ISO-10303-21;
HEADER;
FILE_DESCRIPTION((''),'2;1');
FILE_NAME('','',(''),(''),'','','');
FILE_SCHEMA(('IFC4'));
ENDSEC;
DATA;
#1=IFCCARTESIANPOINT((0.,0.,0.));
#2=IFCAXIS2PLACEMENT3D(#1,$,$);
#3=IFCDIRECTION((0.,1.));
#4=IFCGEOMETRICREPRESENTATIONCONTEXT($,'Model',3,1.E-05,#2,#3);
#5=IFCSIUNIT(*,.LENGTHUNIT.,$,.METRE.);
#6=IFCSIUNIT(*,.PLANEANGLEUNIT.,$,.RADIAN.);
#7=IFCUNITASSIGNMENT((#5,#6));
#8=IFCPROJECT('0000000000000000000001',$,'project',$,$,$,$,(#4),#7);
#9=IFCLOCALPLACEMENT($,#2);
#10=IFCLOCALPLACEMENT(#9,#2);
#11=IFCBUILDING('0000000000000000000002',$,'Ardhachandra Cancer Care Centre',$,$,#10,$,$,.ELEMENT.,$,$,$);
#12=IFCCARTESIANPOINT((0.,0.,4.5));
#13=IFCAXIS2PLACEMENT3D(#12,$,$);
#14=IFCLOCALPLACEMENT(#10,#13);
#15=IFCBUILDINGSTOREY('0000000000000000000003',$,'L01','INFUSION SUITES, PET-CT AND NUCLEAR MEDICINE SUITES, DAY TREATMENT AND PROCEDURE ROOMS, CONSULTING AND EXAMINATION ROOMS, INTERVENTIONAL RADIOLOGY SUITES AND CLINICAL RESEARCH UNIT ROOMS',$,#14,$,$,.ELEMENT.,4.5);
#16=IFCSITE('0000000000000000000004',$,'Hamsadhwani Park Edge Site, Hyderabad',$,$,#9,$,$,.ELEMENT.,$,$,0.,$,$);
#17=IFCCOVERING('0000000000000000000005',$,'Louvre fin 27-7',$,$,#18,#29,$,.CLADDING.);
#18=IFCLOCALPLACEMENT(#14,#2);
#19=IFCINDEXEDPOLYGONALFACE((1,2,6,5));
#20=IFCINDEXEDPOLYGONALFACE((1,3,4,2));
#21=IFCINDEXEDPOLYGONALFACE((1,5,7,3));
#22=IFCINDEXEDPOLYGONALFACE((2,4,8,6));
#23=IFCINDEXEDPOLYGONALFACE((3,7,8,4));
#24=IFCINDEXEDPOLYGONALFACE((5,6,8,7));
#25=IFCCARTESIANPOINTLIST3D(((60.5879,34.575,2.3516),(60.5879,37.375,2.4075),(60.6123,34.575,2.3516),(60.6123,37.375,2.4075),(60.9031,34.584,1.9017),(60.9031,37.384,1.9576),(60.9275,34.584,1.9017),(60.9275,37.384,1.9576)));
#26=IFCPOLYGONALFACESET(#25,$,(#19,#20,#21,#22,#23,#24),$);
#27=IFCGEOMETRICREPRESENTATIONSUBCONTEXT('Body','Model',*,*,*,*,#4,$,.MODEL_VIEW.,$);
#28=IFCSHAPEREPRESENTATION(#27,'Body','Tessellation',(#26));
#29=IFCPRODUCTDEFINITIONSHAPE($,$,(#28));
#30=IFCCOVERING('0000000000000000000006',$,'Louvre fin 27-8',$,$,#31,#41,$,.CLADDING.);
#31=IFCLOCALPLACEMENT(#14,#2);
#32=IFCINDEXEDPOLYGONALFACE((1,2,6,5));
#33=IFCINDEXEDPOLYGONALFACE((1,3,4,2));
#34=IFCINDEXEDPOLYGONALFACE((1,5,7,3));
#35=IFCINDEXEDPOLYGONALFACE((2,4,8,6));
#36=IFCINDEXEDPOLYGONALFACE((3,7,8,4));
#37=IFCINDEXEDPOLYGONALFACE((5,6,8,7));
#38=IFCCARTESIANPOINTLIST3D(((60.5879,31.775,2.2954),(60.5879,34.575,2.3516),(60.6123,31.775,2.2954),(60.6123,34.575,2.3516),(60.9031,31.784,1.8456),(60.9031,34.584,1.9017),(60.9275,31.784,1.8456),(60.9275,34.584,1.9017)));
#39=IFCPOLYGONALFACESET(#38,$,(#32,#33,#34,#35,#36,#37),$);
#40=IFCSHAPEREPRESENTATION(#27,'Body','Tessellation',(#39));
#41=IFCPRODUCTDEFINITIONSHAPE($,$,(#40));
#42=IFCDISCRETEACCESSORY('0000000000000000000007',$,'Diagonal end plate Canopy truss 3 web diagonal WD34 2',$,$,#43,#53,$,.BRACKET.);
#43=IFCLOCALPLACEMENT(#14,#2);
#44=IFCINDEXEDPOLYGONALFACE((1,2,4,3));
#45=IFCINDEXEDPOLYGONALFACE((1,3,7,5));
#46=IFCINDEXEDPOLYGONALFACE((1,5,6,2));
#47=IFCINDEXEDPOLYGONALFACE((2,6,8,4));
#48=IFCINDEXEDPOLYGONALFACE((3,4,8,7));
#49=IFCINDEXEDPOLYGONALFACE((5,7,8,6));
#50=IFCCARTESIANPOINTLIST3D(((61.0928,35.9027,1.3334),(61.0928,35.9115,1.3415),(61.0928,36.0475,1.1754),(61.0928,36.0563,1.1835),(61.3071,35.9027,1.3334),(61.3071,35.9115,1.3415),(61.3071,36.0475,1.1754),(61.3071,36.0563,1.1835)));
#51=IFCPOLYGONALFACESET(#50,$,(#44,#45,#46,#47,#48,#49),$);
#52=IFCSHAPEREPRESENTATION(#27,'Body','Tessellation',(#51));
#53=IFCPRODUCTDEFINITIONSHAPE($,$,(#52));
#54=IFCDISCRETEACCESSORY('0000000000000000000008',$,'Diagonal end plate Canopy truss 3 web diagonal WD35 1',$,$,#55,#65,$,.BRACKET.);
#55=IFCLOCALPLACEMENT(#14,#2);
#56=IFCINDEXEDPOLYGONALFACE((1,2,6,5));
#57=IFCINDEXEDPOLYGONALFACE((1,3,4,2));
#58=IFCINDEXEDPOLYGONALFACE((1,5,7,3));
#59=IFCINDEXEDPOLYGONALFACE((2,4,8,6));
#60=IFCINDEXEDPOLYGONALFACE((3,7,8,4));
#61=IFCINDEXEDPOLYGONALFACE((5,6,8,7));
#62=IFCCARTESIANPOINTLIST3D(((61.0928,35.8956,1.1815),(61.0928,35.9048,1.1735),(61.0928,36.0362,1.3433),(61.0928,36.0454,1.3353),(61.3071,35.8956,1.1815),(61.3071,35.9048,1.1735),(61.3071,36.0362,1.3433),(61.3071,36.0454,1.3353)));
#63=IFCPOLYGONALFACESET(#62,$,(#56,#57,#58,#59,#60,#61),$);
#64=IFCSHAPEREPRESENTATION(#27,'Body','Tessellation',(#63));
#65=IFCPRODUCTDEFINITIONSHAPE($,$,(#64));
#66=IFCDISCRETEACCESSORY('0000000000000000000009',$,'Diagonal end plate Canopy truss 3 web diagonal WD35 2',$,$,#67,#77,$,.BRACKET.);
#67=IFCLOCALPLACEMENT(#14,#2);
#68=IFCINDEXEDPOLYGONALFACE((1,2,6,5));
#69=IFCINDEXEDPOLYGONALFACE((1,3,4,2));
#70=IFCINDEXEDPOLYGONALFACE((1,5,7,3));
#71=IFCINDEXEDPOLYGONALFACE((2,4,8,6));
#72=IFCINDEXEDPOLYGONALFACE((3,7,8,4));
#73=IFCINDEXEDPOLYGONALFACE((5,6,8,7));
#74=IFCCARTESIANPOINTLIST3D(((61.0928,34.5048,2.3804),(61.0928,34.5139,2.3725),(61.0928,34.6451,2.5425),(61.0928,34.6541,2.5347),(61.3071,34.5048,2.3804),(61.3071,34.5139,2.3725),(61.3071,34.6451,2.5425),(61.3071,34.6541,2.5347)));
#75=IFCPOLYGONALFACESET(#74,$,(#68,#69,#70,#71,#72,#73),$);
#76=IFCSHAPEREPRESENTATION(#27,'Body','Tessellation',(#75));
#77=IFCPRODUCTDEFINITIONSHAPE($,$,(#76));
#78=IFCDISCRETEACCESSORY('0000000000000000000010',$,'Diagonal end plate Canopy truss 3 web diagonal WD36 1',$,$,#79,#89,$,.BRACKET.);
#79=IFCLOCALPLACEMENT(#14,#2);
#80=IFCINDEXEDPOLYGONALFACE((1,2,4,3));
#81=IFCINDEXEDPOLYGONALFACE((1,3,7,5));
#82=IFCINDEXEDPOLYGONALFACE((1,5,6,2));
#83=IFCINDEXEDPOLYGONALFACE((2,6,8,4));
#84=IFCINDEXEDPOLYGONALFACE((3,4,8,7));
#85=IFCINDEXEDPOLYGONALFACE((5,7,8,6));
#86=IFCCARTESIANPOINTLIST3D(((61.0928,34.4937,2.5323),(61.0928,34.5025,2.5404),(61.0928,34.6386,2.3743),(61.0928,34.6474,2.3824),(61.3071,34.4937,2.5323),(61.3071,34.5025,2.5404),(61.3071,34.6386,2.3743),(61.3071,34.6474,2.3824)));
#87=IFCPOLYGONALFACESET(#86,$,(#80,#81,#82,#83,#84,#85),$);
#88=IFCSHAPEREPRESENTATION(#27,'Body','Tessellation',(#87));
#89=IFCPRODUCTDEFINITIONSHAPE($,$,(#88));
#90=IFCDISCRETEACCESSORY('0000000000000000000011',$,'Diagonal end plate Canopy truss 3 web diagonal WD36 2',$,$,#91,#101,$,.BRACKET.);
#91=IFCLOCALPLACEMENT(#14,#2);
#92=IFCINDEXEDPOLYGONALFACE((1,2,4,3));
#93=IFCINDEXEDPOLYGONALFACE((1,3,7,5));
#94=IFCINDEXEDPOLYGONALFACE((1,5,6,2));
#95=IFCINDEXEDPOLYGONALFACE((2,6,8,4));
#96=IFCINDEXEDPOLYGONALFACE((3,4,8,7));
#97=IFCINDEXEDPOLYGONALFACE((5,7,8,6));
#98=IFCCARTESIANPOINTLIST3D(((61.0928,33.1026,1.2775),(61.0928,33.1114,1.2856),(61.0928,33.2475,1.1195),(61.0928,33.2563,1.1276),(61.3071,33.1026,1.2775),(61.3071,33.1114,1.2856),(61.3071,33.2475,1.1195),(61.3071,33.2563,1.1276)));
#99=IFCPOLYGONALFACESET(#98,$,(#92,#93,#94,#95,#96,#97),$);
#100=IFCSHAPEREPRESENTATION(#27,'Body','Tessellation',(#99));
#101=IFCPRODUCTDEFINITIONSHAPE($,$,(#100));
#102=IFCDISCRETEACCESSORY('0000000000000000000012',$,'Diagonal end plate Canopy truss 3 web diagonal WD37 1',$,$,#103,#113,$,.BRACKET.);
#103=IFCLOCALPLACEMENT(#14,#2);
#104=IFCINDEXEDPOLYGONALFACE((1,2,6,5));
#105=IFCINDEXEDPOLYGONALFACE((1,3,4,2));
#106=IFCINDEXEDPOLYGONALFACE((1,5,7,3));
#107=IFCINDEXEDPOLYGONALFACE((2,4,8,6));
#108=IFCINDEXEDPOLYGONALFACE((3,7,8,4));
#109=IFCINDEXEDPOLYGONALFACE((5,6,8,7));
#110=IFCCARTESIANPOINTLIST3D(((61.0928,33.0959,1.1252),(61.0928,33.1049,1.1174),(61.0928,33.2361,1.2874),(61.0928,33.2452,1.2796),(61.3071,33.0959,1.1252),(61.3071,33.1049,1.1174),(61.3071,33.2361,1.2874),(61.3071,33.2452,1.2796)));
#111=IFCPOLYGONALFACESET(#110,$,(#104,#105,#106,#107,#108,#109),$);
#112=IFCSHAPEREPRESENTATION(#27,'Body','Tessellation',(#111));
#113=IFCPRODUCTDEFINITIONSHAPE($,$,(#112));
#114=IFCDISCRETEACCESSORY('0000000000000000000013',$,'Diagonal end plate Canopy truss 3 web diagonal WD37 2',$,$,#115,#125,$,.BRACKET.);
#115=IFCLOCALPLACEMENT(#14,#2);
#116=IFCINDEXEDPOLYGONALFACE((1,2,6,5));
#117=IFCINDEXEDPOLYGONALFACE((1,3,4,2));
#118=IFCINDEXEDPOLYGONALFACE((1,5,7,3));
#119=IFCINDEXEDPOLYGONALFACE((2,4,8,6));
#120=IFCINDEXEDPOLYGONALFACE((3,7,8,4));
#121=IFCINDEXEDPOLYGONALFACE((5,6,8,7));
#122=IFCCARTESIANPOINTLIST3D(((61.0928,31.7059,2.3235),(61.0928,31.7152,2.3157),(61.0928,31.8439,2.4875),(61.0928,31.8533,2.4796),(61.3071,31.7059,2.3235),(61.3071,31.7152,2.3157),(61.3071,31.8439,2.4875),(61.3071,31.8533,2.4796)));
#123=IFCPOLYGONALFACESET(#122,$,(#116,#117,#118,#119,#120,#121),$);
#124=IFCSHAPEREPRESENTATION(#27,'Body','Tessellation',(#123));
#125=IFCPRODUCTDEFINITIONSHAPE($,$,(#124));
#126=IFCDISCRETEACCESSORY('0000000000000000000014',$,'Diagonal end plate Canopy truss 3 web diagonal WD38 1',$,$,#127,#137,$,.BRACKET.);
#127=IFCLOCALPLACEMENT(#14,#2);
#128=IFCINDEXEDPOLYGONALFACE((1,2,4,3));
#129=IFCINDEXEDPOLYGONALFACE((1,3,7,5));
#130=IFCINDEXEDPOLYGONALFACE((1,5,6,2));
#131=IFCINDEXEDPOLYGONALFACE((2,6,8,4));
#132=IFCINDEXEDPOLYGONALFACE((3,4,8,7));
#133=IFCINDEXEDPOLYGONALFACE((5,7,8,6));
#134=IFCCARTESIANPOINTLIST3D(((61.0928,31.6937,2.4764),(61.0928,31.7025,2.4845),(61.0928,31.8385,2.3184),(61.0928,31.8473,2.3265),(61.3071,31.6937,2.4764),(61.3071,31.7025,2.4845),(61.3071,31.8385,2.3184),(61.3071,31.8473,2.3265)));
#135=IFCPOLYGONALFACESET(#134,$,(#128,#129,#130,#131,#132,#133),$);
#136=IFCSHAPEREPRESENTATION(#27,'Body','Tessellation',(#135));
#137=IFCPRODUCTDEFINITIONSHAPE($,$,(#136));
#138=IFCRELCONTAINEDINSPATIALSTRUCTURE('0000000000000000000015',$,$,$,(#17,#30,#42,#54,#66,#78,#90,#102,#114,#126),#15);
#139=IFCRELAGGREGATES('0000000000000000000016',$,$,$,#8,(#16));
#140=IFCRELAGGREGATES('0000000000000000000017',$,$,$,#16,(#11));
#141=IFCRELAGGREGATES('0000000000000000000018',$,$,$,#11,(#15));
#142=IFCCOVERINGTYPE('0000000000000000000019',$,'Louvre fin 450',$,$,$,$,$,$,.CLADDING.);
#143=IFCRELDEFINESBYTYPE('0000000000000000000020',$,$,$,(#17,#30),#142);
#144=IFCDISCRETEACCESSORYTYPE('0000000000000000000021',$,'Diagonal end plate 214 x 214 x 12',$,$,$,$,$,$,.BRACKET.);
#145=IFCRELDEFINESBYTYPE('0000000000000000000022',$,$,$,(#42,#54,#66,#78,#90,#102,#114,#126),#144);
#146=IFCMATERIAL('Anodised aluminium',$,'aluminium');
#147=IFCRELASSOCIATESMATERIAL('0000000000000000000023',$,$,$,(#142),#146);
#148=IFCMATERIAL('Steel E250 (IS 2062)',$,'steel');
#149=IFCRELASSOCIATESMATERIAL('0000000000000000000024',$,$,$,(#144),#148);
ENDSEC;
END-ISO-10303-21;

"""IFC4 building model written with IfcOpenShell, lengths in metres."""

from ifc_helpers import new_model, si_unit, direction, frame, origin, origin_2d, place, context, subcontext, project, spatial, polyline, rectangle, outline, extrude, material, material_profile, profile_set, type_object, element, save


model = new_model("IFC4")

# Units and contexts
model_context = context("Model", 3, precision=1e-05, world=origin(), true_north=direction((0.0, 1.0)))
body_context = subcontext(model_context, "Body", "Model", "MODEL_VIEW")
ifc_project = project(units=[si_unit("LENGTHUNIT", "METRE"), si_unit("PLANEANGLEUNIT", "RADIAN")], contexts=[model_context])

# Site, building, storey
site_placement = place(None, origin())
site = spatial("IfcSite", under=ifc_project, at=site_placement, Name="Hamsadhwani Park Edge Site, Hyderabad", CompositionType="ELEMENT", RefElevation=0.0)
building_placement = place(site_placement, origin())
building = spatial("IfcBuilding", under=site, at=building_placement, Name="Ardhachandra Cancer Care Centre", CompositionType="ELEMENT")
storey_placement = place(building_placement, frame((0.0, 0.0, 4.5)))
storey = spatial("IfcBuildingStorey", under=building, at=storey_placement, Name="L01", Description="INFUSION SUITES, PET-CT AND NUCLEAR MEDICINE SUITES, DAY TREATMENT AND PROCEDURE ROOMS, CONSULTING AND EXAMINATION ROOMS, INTERVENTIONAL RADIOLOGY SUITES AND CLINICAL RESEARCH UNIT ROOMS", CompositionType="ELEMENT", Elevation=4.5)

# Coverings
ifc_material_1 = material(Name="Anodised aluminium", Category="aluminium")
ifc_material_profile_1 = material_profile(ifc_material_1, outline(polyline([(-0.0122, 0.0), (0.0122, 0.0), (0.3274, -0.45), (0.303, -0.45), (-0.0122, 0.0)])), Name="Louvre fin 450")
ifc_profile_set_1 = profile_set([ifc_material_profile_1], Name="Anodised aluminium")
covering_type = type_object("IfcCoveringType", Name="Louvre fin 450", PredefinedType="CLADDING", material=ifc_profile_set_1)
for number, where, z_axis, x_axis, name in (
    (1, (60.6001, 37.375, 2.4075), (0.0, -0.999801, -0.019963), (1.0, 0.0, 0.0), "Louvre fin 27-7"),
    (2, (60.6001, 34.575, 2.3516), (0.0, -0.999799, -0.02005), (1.0, 0.0, 0.0), "Louvre fin 27-8"),
):
    element("IfcCovering", number, at=place(storey_placement, frame(where, z_axis=z_axis, x_axis=x_axis)), inside=storey, type_object=covering_type, Name=name, PredefinedType="CLADDING", context=body_context, shape_type="SweptSolid", body=[
        extrude(outline(polyline([(-0.0122, 0.0), (0.0122, 0.0), (0.3274, -0.45), (0.303, -0.45), (-0.0122, 0.0)])), origin(), (0.0, 0.0, 1.0), 2.8005),
    ])

# Discrete accessories
ifc_material_2 = material(Name="Steel E250 (IS 2062)", Category="steel")
ifc_material_profile_2 = material_profile(ifc_material_2, rectangle(XDim=0.2144, YDim=0.2144, at=origin_2d()), Name="PL 214x214x12")
ifc_profile_set_2 = profile_set([ifc_material_profile_2], Name="Steel E250 (IS 2062)")
discrete_accessory_type = type_object("IfcDiscreteAccessoryType", Name="Diagonal end plate 214 x 214 x 12", PredefinedType="BRACKET", material=ifc_profile_set_2)
discrete_accessory_1_placement = place(storey_placement, frame((61.2, 35.9751, 1.2544), z_axis=(0.0, 0.737154, 0.675725), x_axis=(-1.0, 0.0, 0.0)))
element("IfcDiscreteAccessory", 3, at=discrete_accessory_1_placement, inside=storey, type_object=discrete_accessory_type, Name="Diagonal end plate Canopy truss 3 web diagonal WD34 2", PredefinedType="BRACKET", context=body_context, shape_type="SweptSolid", body=[
    extrude(rectangle(XDim=0.2144, YDim=0.2144, at=origin_2d()), origin(), (0.0, 0.0, 1.0), 0.012),
])
discrete_accessory_2_placement = place(storey_placement, frame((61.2, 35.9751, 1.2544), z_axis=(0.0, -0.755033, 0.655687), x_axis=(1.0, 0.0, 0.0)))
element("IfcDiscreteAccessory", 4, at=discrete_accessory_2_placement, inside=storey, type_object=discrete_accessory_type, Name="Diagonal end plate Canopy truss 3 web diagonal WD35 1", PredefinedType="BRACKET", context=body_context, shape_type="SweptSolid", body=[
    extrude(rectangle(XDim=0.2144, YDim=0.2144, at=origin_2d()), origin(), (0.0, 0.0, 1.0), 0.0122),
])
for number, where, z_axis, x_axis, name in (
    (5, (61.2, 34.575, 2.4614), (0.0, 0.756363, -0.654152), (-1.0, 0.0, 0.0), "Diagonal end plate Canopy truss 3 web diagonal WD35 2"),
    (6, (61.2, 34.575, 2.4614), (0.0, -0.737154, -0.675725), (1.0, 0.0, 0.0), "Diagonal end plate Canopy truss 3 web diagonal WD36 1"),
    (7, (61.2, 33.175, 1.1985), (0.0, 0.737154, 0.675725), (-1.0, 0.0, 0.0), "Diagonal end plate Canopy truss 3 web diagonal WD36 2"),
    (8, (61.2, 33.175, 1.1985), (0.0, -0.756363, 0.654152), (1.0, 0.0, 0.0), "Diagonal end plate Canopy truss 3 web diagonal WD37 1"),
):
    element("IfcDiscreteAccessory", number, at=place(storey_placement, frame(where, z_axis=z_axis, x_axis=x_axis)), inside=storey, type_object=discrete_accessory_type, Name=name, PredefinedType="BRACKET", context=body_context, shape_type="SweptSolid", body=[
        extrude(rectangle(XDim=0.2144, YDim=0.2144, at=origin_2d()), origin(), (0.0, 0.0, 1.0), 0.012),
    ])
discrete_accessory_3_placement = place(storey_placement, frame((61.2, 31.7749, 2.4055), z_axis=(0.0, 0.764911, -0.644136), x_axis=(-1.0, 0.0, 0.0)))
element("IfcDiscreteAccessory", 9, at=discrete_accessory_3_placement, inside=storey, type_object=discrete_accessory_type, Name="Diagonal end plate Canopy truss 3 web diagonal WD37 2", PredefinedType="BRACKET", context=body_context, shape_type="SweptSolid", body=[
    extrude(rectangle(XDim=0.2144, YDim=0.2144, at=origin_2d()), origin(), (0.0, 0.0, 1.0), 0.0122),
])
discrete_accessory_4_placement = place(storey_placement, frame((61.2, 31.7749, 2.4055), z_axis=(0.0, -0.737154, -0.675725), x_axis=(1.0, 0.0, 0.0)))
element("IfcDiscreteAccessory", 10, at=discrete_accessory_4_placement, inside=storey, type_object=discrete_accessory_type, Name="Diagonal end plate Canopy truss 3 web diagonal WD38 1", PredefinedType="BRACKET", context=body_context, shape_type="SweptSolid", body=[
    extrude(rectangle(XDim=0.2144, YDim=0.2144, at=origin_2d()), origin(), (0.0, 0.0, 1.0), 0.012),
])

save(model, "model.ifc")
